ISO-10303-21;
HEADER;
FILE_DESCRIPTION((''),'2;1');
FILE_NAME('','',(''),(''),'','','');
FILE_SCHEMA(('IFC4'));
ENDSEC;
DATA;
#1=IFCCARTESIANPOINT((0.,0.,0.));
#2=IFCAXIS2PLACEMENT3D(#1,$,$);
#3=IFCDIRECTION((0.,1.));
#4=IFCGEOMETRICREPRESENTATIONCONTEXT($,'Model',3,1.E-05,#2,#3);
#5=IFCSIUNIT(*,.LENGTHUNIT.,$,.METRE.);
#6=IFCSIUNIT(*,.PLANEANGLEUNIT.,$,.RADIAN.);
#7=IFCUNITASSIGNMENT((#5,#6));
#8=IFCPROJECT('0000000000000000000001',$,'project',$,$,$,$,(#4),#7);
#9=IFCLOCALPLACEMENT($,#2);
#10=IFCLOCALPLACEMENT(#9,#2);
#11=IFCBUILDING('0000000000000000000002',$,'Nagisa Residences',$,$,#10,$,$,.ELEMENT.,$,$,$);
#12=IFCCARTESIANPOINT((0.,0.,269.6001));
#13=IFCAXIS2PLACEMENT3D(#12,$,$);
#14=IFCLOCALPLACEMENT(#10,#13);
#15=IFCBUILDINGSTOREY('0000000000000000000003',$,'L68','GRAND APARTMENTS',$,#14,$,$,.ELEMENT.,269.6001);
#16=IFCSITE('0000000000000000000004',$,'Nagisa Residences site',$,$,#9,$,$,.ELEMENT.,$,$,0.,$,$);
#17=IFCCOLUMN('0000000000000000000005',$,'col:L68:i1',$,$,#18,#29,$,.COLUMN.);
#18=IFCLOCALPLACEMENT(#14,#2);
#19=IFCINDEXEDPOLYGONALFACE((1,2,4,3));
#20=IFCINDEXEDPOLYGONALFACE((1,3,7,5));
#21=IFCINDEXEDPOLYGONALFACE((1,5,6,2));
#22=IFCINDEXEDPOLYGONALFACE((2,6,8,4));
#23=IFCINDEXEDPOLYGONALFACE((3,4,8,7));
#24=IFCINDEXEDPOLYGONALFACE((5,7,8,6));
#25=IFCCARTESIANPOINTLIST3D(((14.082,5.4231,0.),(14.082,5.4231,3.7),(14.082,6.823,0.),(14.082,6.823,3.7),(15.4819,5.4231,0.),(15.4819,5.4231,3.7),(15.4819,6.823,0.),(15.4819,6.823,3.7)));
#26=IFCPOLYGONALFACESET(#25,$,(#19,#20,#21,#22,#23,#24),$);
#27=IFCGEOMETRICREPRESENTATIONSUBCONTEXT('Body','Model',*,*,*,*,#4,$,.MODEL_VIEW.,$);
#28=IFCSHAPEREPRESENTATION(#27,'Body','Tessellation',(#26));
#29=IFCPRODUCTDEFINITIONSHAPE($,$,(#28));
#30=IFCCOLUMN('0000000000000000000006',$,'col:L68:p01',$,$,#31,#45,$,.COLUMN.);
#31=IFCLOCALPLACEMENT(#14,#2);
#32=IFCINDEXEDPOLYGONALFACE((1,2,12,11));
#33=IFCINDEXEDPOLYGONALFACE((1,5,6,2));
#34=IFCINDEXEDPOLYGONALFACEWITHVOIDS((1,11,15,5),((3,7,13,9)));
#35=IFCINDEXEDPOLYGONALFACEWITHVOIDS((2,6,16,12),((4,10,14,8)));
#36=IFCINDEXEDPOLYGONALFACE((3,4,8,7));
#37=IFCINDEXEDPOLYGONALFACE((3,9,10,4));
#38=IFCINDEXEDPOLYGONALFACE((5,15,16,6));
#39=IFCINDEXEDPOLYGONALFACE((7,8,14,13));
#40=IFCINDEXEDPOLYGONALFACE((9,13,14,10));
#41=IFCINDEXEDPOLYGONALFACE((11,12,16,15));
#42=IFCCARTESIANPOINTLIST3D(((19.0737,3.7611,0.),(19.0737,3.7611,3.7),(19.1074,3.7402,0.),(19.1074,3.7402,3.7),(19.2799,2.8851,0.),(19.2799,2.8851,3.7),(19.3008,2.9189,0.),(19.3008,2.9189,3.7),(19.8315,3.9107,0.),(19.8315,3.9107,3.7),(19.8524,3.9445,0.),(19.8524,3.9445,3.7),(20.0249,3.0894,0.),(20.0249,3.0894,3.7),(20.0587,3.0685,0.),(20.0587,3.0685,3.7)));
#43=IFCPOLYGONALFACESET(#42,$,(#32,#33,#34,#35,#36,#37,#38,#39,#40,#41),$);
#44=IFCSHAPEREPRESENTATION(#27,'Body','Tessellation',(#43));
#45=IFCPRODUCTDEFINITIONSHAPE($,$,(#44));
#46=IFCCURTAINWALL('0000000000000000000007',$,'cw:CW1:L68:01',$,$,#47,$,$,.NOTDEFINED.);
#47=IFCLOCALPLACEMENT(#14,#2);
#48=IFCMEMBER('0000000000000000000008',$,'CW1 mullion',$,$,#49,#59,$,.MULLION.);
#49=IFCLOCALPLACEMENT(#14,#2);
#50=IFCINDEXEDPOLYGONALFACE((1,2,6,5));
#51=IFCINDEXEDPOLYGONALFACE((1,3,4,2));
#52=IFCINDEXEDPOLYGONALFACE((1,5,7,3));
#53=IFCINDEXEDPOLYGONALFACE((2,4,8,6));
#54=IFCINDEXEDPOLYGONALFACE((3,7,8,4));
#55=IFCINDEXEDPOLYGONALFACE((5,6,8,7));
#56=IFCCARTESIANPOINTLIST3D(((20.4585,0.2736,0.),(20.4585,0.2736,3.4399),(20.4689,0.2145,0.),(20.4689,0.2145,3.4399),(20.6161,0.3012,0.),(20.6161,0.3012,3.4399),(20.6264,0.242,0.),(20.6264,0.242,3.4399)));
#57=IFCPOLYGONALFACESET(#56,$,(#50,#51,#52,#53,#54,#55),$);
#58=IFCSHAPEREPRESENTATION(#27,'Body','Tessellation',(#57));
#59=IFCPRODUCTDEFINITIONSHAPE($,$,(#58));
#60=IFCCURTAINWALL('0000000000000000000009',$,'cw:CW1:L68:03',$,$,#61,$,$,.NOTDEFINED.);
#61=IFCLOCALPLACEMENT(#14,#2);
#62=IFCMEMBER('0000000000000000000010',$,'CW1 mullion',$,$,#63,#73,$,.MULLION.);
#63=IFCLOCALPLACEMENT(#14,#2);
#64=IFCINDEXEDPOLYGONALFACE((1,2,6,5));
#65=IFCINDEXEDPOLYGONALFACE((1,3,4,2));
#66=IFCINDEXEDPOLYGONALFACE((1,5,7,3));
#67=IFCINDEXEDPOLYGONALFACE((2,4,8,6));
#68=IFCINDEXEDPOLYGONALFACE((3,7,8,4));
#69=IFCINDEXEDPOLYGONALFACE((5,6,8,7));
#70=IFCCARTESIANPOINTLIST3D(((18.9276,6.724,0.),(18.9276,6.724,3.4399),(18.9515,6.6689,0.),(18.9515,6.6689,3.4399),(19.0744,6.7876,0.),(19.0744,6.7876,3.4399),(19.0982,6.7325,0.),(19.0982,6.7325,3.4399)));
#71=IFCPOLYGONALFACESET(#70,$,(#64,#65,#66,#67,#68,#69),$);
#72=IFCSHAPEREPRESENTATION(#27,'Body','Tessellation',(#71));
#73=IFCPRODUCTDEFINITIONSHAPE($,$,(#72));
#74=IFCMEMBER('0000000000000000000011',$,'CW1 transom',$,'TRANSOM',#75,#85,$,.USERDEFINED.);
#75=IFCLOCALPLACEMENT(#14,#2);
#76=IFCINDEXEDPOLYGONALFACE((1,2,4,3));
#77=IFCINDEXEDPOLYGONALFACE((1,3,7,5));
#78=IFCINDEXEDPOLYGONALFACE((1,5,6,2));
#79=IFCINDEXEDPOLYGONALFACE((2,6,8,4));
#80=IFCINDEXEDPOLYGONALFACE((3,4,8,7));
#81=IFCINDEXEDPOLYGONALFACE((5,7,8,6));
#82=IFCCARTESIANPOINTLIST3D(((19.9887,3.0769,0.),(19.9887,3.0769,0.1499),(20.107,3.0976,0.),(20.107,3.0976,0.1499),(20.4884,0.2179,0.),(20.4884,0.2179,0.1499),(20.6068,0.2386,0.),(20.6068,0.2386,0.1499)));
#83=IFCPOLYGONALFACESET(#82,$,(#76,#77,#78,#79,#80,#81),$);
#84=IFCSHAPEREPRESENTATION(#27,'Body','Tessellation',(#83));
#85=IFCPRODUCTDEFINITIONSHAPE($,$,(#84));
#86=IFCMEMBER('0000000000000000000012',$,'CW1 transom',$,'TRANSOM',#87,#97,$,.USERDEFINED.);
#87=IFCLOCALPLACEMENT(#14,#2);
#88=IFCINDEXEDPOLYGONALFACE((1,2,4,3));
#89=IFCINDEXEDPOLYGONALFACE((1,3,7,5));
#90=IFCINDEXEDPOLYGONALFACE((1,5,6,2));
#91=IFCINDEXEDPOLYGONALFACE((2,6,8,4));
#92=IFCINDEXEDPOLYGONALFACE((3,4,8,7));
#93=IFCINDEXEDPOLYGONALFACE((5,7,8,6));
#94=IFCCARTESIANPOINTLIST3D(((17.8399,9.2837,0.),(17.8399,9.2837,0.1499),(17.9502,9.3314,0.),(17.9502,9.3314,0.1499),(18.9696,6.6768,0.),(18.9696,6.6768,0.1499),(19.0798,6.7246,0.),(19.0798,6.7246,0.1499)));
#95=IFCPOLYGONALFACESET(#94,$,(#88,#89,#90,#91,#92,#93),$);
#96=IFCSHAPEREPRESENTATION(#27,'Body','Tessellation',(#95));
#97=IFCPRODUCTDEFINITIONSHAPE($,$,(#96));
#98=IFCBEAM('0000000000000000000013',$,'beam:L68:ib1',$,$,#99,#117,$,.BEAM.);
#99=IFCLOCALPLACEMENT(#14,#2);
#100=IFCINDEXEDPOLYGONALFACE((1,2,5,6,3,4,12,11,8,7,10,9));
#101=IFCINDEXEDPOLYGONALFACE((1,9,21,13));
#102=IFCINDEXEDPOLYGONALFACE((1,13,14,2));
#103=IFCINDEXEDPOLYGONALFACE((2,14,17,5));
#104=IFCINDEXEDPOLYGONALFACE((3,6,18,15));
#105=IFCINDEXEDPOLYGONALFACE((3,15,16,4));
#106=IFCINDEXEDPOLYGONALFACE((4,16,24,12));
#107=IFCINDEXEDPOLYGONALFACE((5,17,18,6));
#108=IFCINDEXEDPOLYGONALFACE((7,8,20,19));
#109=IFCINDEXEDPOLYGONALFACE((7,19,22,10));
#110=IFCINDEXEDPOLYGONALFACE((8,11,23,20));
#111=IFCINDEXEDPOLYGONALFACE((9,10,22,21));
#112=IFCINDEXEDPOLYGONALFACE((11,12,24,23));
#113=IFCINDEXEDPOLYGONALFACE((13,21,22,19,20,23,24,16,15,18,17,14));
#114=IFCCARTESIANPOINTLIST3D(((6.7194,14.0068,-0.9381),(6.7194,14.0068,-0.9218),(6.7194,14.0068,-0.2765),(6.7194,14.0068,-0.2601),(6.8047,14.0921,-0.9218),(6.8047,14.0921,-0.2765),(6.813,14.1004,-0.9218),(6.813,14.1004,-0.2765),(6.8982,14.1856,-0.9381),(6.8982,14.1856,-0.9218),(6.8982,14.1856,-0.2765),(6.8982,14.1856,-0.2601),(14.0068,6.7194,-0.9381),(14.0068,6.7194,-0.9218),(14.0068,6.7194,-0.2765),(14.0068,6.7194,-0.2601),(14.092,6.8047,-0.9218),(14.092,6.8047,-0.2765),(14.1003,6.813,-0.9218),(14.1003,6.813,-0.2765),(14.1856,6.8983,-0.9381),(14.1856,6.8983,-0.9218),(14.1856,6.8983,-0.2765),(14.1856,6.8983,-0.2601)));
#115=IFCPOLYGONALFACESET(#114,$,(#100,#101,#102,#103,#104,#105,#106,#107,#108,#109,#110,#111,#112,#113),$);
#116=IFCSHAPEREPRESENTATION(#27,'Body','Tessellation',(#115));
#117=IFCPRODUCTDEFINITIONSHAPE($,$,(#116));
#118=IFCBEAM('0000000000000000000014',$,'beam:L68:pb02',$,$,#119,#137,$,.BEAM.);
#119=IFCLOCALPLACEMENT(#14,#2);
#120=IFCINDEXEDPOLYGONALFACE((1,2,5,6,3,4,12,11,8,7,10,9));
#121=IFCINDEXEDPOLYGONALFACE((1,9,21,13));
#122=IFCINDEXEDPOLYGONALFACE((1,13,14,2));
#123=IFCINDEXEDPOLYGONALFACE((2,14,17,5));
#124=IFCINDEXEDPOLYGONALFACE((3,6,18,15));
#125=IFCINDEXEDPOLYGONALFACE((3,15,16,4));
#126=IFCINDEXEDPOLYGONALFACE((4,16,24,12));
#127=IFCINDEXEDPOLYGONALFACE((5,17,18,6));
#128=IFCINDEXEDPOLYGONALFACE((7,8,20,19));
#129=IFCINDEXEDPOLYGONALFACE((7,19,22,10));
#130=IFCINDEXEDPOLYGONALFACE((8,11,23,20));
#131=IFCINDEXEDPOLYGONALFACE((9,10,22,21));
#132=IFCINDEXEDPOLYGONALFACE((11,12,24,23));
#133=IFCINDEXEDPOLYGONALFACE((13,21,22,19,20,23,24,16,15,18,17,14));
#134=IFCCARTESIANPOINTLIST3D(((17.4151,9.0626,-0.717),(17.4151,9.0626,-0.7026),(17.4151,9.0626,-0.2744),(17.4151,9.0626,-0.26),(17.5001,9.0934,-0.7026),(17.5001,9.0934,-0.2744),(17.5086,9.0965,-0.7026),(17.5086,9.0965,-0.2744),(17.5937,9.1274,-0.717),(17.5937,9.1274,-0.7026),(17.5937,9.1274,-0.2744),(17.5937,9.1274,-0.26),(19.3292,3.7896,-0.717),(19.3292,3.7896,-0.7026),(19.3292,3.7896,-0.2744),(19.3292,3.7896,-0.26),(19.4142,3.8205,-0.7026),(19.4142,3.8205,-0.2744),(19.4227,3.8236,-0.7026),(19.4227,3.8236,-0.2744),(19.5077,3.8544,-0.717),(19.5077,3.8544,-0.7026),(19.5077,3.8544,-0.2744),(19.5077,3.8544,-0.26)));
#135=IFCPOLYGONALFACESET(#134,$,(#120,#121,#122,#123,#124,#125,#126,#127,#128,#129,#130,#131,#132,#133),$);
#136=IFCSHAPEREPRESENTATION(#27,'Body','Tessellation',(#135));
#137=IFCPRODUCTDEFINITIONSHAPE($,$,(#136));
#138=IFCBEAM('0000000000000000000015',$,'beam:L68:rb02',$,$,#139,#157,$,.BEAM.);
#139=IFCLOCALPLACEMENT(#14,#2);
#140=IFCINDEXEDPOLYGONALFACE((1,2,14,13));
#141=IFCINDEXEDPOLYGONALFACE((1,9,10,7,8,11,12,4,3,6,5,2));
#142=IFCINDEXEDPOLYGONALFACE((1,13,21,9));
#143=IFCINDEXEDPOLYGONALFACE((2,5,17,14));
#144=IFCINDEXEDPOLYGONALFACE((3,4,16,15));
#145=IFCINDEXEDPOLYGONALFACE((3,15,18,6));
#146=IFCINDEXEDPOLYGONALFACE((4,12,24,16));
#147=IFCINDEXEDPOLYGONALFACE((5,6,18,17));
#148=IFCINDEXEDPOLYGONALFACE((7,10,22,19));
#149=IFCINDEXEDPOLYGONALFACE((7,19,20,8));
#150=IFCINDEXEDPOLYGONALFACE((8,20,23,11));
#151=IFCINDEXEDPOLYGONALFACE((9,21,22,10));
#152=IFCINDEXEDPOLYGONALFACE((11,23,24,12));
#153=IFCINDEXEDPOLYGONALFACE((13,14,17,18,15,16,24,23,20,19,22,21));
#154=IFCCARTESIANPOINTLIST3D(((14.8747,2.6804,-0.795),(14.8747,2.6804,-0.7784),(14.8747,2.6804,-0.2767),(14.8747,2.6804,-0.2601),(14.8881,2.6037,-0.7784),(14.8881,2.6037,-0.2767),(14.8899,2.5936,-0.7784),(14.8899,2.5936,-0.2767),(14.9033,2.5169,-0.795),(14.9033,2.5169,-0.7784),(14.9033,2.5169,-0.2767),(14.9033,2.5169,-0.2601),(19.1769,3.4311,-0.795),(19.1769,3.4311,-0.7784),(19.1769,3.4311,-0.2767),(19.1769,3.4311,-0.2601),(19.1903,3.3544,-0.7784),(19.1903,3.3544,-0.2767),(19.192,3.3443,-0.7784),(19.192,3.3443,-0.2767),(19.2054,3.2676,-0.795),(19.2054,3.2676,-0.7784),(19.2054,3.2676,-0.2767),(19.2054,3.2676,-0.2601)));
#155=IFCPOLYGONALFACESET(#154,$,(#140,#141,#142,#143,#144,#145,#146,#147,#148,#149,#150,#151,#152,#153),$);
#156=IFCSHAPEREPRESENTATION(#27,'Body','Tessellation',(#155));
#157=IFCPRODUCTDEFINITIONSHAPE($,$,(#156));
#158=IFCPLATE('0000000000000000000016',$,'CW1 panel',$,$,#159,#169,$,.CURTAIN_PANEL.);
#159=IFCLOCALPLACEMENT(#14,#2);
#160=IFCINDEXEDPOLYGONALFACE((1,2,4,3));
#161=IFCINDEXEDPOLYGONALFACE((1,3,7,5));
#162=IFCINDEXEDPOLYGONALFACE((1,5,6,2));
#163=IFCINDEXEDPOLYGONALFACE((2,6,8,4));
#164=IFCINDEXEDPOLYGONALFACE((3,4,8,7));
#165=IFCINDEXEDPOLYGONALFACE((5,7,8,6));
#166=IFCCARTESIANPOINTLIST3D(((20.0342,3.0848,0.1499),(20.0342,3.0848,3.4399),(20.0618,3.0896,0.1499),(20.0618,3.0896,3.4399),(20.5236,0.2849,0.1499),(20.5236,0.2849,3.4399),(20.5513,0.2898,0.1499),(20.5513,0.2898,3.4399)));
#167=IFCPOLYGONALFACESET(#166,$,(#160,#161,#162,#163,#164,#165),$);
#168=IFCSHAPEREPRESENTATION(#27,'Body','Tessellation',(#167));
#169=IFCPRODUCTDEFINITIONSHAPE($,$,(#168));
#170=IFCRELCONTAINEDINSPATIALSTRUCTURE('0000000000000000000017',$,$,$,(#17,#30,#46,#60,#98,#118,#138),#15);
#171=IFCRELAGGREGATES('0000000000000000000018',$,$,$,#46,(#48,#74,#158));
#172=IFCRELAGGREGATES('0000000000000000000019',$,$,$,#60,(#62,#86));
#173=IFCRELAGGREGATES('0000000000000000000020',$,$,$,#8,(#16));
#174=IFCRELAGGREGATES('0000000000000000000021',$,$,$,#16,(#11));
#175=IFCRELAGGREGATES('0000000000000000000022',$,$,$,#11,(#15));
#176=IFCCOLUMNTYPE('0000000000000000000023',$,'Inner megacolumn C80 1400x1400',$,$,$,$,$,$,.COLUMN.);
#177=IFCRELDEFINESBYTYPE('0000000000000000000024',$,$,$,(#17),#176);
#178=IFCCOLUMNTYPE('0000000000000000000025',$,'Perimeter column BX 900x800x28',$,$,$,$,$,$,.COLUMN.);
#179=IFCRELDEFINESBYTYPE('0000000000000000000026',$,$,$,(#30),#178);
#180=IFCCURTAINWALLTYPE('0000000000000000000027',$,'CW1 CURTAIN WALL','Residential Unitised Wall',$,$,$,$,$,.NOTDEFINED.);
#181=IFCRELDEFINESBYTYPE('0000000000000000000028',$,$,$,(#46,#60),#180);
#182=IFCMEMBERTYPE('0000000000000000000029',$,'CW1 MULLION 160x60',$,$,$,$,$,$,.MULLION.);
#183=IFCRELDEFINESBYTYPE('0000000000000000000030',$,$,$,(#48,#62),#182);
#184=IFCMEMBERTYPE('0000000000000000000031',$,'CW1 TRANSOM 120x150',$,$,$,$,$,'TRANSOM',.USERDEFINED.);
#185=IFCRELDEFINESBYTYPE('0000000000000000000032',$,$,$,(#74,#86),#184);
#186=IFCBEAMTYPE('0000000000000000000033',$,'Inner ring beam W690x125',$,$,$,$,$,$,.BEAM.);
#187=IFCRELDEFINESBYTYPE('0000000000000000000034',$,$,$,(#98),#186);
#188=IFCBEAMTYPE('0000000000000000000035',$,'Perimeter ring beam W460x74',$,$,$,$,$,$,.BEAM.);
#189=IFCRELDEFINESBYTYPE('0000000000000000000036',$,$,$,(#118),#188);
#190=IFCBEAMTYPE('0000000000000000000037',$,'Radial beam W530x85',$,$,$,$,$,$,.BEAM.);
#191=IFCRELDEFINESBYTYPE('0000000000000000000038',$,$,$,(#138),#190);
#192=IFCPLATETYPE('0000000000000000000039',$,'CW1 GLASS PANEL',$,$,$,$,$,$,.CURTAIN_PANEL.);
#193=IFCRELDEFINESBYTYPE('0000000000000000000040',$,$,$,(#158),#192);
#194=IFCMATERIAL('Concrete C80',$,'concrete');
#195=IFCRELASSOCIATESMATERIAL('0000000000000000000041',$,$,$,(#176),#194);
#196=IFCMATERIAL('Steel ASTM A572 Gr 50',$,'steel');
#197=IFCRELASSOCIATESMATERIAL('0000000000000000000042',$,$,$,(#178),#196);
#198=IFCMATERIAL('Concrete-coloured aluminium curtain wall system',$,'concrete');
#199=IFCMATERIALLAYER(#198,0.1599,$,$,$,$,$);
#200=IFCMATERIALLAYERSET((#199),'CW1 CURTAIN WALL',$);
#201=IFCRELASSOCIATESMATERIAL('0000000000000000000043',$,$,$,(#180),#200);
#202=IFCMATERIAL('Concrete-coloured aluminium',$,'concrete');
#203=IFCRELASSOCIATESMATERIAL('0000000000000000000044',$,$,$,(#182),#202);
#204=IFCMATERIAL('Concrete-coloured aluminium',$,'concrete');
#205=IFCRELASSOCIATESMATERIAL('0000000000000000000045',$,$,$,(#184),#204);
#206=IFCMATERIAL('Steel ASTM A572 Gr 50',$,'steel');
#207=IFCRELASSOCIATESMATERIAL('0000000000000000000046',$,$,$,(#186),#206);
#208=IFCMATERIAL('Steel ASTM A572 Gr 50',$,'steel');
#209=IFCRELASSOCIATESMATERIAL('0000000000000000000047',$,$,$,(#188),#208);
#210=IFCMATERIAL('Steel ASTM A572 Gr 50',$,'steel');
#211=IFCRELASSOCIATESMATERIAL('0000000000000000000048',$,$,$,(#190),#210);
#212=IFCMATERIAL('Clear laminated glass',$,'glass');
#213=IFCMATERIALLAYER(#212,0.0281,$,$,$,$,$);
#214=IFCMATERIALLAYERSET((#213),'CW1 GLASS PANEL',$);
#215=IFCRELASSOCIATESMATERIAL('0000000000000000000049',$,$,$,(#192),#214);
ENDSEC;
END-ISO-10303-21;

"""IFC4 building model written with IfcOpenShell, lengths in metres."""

from ifc_helpers import new_model, si_unit, direction, frame, origin, origin_2d, place, context, subcontext, project, spatial, rectangle, hollow_rectangle, i_section, extrude, material, layer, layer_set, material_profile, profile_set, type_object, element, aggregate, save


model = new_model("IFC4")

# Units and contexts
model_context = context("Model", 3, precision=1e-05, world=origin(), true_north=direction((0.0, 1.0)))
body_context = subcontext(model_context, "Body", "Model", "MODEL_VIEW")
ifc_project = project(units=[si_unit("LENGTHUNIT", "METRE"), si_unit("PLANEANGLEUNIT", "RADIAN")], contexts=[model_context])

# Site, building, storey
site_placement = place(None, origin())
site = spatial("IfcSite", under=ifc_project, at=site_placement, Name="Nagisa Residences site", CompositionType="ELEMENT", RefElevation=0.0)
building_placement = place(site_placement, origin())
building = spatial("IfcBuilding", under=site, at=building_placement, Name="Nagisa Residences", CompositionType="ELEMENT")
storey_placement = place(building_placement, frame((0.0, 0.0, 269.6001)))
storey = spatial("IfcBuildingStorey", under=building, at=storey_placement, Name="L68", Description="GRAND APARTMENTS", CompositionType="ELEMENT", Elevation=269.6001)

# Columns
ifc_material_1 = material(Name="Concrete C80", Category="concrete")
ifc_material_profile_1 = material_profile(ifc_material_1, rectangle(XDim=1.3999, YDim=1.3999, at=origin_2d()), Name="C80 1400x1400")
ifc_profile_set_1 = profile_set([ifc_material_profile_1], Name="Concrete C80")
column_type_1 = type_object("IfcColumnType", Name="Inner megacolumn C80 1400x1400", PredefinedType="COLUMN", material=ifc_profile_set_1)
column_1_placement = place(storey_placement, frame((14.782, 6.123, 0.0), z_axis=(0.0, 0.0, 1.0), x_axis=(1.0, 0.0, 0.0)))
element("IfcColumn", 1, at=column_1_placement, inside=storey, type_object=column_type_1, Name="col:L68:i1", PredefinedType="COLUMN", context=body_context, shape_type="SweptSolid", body=[
    extrude(rectangle(XDim=1.3999, YDim=1.3999, at=origin_2d()), origin(), (0.0, 0.0, 1.0), 3.7),
])
ifc_material_2 = material(Name="Steel ASTM A572 Gr 50", Category="steel")
ifc_material_profile_2 = material_profile(ifc_material_2, hollow_rectangle(XDim=0.8999, YDim=0.8, WallThickness=0.0281, at=origin_2d()), Name="BX 900x800x28")
ifc_profile_set_2 = profile_set([ifc_material_profile_2], Name="Steel ASTM A572 Gr 50")
column_type_2 = type_object("IfcColumnType", Name="Perimeter column BX 900x800x28", PredefinedType="COLUMN", material=ifc_profile_set_2)
column_2_placement = place(storey_placement, frame((19.5662, 3.4148, 0.0), z_axis=(0.0, 0.0, 1.0), x_axis=(-0.229202, 0.973379, 0.0)))
element("IfcColumn", 2, at=column_2_placement, inside=storey, type_object=column_type_2, Name="col:L68:p01", PredefinedType="COLUMN", context=body_context, shape_type="SweptSolid", body=[
    extrude(hollow_rectangle(XDim=0.8999, YDim=0.8, WallThickness=0.0281, at=origin_2d()), origin(), (0.0, 0.0, 1.0), 3.7),
])

# Curtain walls, members
ifc_material_3 = material(Name="Concrete-coloured aluminium curtain wall system", Category="concrete")
ifc_layer_1 = layer(ifc_material_3, 0.1599)
ifc_layer_set_1 = layer_set([ifc_layer_1], Name="CW1 CURTAIN WALL")
curtain_wall_type = type_object("IfcCurtainWallType", Name="CW1 CURTAIN WALL", Description="Residential Unitised Wall", PredefinedType="NOTDEFINED", material=ifc_layer_set_1)
curtain_wall_1_placement = place(storey_placement, origin())
curtain_wall_1 = element("IfcCurtainWall", 3, at=curtain_wall_1_placement, inside=storey, type_object=curtain_wall_type, Name="cw:CW1:L68:01", PredefinedType="NOTDEFINED")
ifc_material_4 = material(Name="Concrete-coloured aluminium", Category="concrete")
ifc_material_profile_3 = material_profile(ifc_material_4, rectangle(XDim=0.1599, YDim=0.0601, at=origin_2d()), Name="CW1 MULLION 160x60")
ifc_profile_set_3 = profile_set([ifc_material_profile_3], Name="Concrete-coloured aluminium")
member_type_1 = type_object("IfcMemberType", Name="CW1 MULLION 160x60", PredefinedType="MULLION", material=ifc_profile_set_3)
member_1_placement = place(storey_placement, frame((20.5425, 0.2578, 0.0), z_axis=(0.0, 0.0, 1.0), x_axis=(-0.985064, -0.172191, 0.0)))
member_1 = element("IfcMember", 4, at=member_1_placement, type_object=member_type_1, Name="CW1 mullion", PredefinedType="MULLION", context=body_context, shape_type="SweptSolid", body=[
    extrude(rectangle(XDim=0.1599, YDim=0.0601, at=origin_2d()), origin(), (0.0, 0.0, 1.0), 3.4399),
])
curtain_wall_2_placement = place(storey_placement, origin())
curtain_wall_2 = element("IfcCurtainWall", 5, at=curtain_wall_2_placement, inside=storey, type_object=curtain_wall_type, Name="cw:CW1:L68:03", PredefinedType="NOTDEFINED")
member_2_placement = place(storey_placement, frame((19.0129, 6.7283, 0.0), z_axis=(0.0, 0.0, 1.0), x_axis=(-0.917543, -0.397636, 0.0)))
member_2 = element("IfcMember", 6, at=member_2_placement, type_object=member_type_1, Name="CW1 mullion", PredefinedType="MULLION", context=body_context, shape_type="SweptSolid", body=[
    extrude(rectangle(XDim=0.1599, YDim=0.0601, at=origin_2d()), origin(), (0.0, 0.0, 1.0), 3.4399),
])

# Members
ifc_material_5 = material(Name="Concrete-coloured aluminium", Category="concrete")
ifc_material_profile_4 = material_profile(ifc_material_5, rectangle(XDim=0.1201, YDim=0.1499, at=origin_2d()), Name="CW1 TRANSOM 120x150")
ifc_profile_set_4 = profile_set([ifc_material_profile_4], Name="Concrete-coloured aluminium")
member_type_2 = type_object("IfcMemberType", Name="CW1 TRANSOM 120x150", ElementType="TRANSOM", PredefinedType="USERDEFINED", material=ifc_profile_set_4)
member_3_placement = place(storey_placement, frame((20.5476, 0.2283, 0.075), z_axis=(-0.172197, 0.985063, 0.0), x_axis=(-0.985063, -0.172197, 0.0)))
member_3 = element("IfcMember", 7, at=member_3_placement, type_object=member_type_2, Name="CW1 transom", ObjectType="TRANSOM", PredefinedType="USERDEFINED", context=body_context, shape_type="SweptSolid", body=[
    extrude(rectangle(XDim=0.1201, YDim=0.1499, at=origin_2d()), origin(), (0.0, 0.0, 1.0), 2.9023),
])
member_4_placement = place(storey_placement, frame((19.0247, 6.7007, 0.075), z_axis=(-0.397598, 0.91756, 0.0), x_axis=(-0.91756, -0.397598, 0.0)))
member_4 = element("IfcMember", 8, at=member_4_placement, type_object=member_type_2, Name="CW1 transom", ObjectType="TRANSOM", PredefinedType="USERDEFINED", context=body_context, shape_type="SweptSolid", body=[
    extrude(rectangle(XDim=0.1201, YDim=0.1499, at=origin_2d()), origin(), (0.0, 0.0, 1.0), 2.8411),
])

# Beams
ifc_material_6 = material(Name="Steel ASTM A572 Gr 50", Category="steel")
ifc_material_profile_5 = material_profile(ifc_material_6, i_section(OverallWidth=0.2529, OverallDepth=0.678, WebThickness=0.0117, FlangeThickness=0.0164, at=origin_2d()), Name="W690x125")
ifc_profile_set_5 = profile_set([ifc_material_profile_5], Name="Steel ASTM A572 Gr 50")
beam_type_1 = type_object("IfcBeamType", Name="Inner ring beam W690x125", PredefinedType="BEAM", material=ifc_profile_set_5)
beam_1_placement = place(storey_placement, frame((14.0962, 6.8088, -0.5991), z_axis=(-0.707107, 0.707107, 0.0), x_axis=(-0.707107, -0.707107, 0.0)))
element("IfcBeam", 9, at=beam_1_placement, inside=storey, type_object=beam_type_1, Name="beam:L68:ib1", PredefinedType="BEAM", context=body_context, shape_type="SweptSolid", body=[
    extrude(i_section(OverallWidth=0.2529, OverallDepth=0.678, WebThickness=0.0117, FlangeThickness=0.0164, at=origin_2d()), origin(), (0.0, 0.0, 1.0), 10.3059),
])
ifc_material_7 = material(Name="Steel ASTM A572 Gr 50", Category="steel")
ifc_material_profile_6 = material_profile(ifc_material_7, i_section(OverallWidth=0.1899, OverallDepth=0.457, WebThickness=0.009, FlangeThickness=0.0144, at=origin_2d()), Name="W460x74")
ifc_profile_set_6 = profile_set([ifc_material_profile_6], Name="Steel ASTM A572 Gr 50")
beam_type_2 = type_object("IfcBeamType", Name="Perimeter ring beam W460x74", PredefinedType="BEAM", material=ifc_profile_set_6)
beam_2_placement = place(storey_placement, frame((19.4185, 3.822, -0.4885), z_axis=(-0.341212, 0.939986, 0.0), x_axis=(-0.939986, -0.341212, 0.0)))
element("IfcBeam", 10, at=beam_2_placement, inside=storey, type_object=beam_type_2, Name="beam:L68:pb02", PredefinedType="BEAM", context=body_context, shape_type="SweptSolid", body=[
    extrude(i_section(OverallWidth=0.1899, OverallDepth=0.457, WebThickness=0.009, FlangeThickness=0.0144, at=origin_2d()), origin(), (0.0, 0.0, 1.0), 5.6096),
])
ifc_material_8 = material(Name="Steel ASTM A572 Gr 50", Category="steel")
ifc_material_profile_7 = material_profile(ifc_material_8, i_section(OverallWidth=0.166, OverallDepth=0.5349, WebThickness=0.0103, FlangeThickness=0.0166, at=origin_2d()), Name="W530x85")
ifc_profile_set_7 = profile_set([ifc_material_profile_7], Name="Steel ASTM A572 Gr 50")
beam_type_3 = type_object("IfcBeamType", Name="Radial beam W530x85", PredefinedType="BEAM", material=ifc_profile_set_7)
beam_3_placement = place(storey_placement, frame((19.1912, 3.3494, -0.5276), z_axis=(-0.985114, -0.1719, 0.0), x_axis=(0.1719, -0.985114, 0.0)))
element("IfcBeam", 11, at=beam_3_placement, inside=storey, type_object=beam_type_3, Name="beam:L68:rb02", PredefinedType="BEAM", context=body_context, shape_type="SweptSolid", body=[
    extrude(i_section(OverallWidth=0.166, OverallDepth=0.5349, WebThickness=0.0103, FlangeThickness=0.0166, at=origin_2d()), origin(), (0.0, 0.0, 1.0), 4.3672),
])

# Plate
ifc_material_9 = material(Name="Clear laminated glass", Category="glass")
ifc_layer_2 = layer(ifc_material_9, 0.0281)
ifc_layer_set_2 = layer_set([ifc_layer_2], Name="CW1 GLASS PANEL")
plate_type = type_object("IfcPlateType", Name="CW1 GLASS PANEL", PredefinedType="CURTAIN_PANEL", material=ifc_layer_set_2)
plate_1_placement = place(storey_placement, frame((20.2927, 1.6873, 0.1499), z_axis=(0.0, 0.0, 1.0), x_axis=(-0.172191, 0.985064, 0.0)))
plate_1 = element("IfcPlate", 12, at=plate_1_placement, type_object=plate_type, Name="CW1 panel", PredefinedType="CURTAIN_PANEL", context=body_context, shape_type="SweptSolid", body=[
    extrude(rectangle(XDim=2.8423, YDim=0.0281, at=origin_2d()), origin(), (0.0, 0.0, 1.0), 3.29),
])
aggregate(curtain_wall_1, [member_1, member_3, plate_1])
aggregate(curtain_wall_2, [member_2, member_4])

save(model, "model.ifc")
